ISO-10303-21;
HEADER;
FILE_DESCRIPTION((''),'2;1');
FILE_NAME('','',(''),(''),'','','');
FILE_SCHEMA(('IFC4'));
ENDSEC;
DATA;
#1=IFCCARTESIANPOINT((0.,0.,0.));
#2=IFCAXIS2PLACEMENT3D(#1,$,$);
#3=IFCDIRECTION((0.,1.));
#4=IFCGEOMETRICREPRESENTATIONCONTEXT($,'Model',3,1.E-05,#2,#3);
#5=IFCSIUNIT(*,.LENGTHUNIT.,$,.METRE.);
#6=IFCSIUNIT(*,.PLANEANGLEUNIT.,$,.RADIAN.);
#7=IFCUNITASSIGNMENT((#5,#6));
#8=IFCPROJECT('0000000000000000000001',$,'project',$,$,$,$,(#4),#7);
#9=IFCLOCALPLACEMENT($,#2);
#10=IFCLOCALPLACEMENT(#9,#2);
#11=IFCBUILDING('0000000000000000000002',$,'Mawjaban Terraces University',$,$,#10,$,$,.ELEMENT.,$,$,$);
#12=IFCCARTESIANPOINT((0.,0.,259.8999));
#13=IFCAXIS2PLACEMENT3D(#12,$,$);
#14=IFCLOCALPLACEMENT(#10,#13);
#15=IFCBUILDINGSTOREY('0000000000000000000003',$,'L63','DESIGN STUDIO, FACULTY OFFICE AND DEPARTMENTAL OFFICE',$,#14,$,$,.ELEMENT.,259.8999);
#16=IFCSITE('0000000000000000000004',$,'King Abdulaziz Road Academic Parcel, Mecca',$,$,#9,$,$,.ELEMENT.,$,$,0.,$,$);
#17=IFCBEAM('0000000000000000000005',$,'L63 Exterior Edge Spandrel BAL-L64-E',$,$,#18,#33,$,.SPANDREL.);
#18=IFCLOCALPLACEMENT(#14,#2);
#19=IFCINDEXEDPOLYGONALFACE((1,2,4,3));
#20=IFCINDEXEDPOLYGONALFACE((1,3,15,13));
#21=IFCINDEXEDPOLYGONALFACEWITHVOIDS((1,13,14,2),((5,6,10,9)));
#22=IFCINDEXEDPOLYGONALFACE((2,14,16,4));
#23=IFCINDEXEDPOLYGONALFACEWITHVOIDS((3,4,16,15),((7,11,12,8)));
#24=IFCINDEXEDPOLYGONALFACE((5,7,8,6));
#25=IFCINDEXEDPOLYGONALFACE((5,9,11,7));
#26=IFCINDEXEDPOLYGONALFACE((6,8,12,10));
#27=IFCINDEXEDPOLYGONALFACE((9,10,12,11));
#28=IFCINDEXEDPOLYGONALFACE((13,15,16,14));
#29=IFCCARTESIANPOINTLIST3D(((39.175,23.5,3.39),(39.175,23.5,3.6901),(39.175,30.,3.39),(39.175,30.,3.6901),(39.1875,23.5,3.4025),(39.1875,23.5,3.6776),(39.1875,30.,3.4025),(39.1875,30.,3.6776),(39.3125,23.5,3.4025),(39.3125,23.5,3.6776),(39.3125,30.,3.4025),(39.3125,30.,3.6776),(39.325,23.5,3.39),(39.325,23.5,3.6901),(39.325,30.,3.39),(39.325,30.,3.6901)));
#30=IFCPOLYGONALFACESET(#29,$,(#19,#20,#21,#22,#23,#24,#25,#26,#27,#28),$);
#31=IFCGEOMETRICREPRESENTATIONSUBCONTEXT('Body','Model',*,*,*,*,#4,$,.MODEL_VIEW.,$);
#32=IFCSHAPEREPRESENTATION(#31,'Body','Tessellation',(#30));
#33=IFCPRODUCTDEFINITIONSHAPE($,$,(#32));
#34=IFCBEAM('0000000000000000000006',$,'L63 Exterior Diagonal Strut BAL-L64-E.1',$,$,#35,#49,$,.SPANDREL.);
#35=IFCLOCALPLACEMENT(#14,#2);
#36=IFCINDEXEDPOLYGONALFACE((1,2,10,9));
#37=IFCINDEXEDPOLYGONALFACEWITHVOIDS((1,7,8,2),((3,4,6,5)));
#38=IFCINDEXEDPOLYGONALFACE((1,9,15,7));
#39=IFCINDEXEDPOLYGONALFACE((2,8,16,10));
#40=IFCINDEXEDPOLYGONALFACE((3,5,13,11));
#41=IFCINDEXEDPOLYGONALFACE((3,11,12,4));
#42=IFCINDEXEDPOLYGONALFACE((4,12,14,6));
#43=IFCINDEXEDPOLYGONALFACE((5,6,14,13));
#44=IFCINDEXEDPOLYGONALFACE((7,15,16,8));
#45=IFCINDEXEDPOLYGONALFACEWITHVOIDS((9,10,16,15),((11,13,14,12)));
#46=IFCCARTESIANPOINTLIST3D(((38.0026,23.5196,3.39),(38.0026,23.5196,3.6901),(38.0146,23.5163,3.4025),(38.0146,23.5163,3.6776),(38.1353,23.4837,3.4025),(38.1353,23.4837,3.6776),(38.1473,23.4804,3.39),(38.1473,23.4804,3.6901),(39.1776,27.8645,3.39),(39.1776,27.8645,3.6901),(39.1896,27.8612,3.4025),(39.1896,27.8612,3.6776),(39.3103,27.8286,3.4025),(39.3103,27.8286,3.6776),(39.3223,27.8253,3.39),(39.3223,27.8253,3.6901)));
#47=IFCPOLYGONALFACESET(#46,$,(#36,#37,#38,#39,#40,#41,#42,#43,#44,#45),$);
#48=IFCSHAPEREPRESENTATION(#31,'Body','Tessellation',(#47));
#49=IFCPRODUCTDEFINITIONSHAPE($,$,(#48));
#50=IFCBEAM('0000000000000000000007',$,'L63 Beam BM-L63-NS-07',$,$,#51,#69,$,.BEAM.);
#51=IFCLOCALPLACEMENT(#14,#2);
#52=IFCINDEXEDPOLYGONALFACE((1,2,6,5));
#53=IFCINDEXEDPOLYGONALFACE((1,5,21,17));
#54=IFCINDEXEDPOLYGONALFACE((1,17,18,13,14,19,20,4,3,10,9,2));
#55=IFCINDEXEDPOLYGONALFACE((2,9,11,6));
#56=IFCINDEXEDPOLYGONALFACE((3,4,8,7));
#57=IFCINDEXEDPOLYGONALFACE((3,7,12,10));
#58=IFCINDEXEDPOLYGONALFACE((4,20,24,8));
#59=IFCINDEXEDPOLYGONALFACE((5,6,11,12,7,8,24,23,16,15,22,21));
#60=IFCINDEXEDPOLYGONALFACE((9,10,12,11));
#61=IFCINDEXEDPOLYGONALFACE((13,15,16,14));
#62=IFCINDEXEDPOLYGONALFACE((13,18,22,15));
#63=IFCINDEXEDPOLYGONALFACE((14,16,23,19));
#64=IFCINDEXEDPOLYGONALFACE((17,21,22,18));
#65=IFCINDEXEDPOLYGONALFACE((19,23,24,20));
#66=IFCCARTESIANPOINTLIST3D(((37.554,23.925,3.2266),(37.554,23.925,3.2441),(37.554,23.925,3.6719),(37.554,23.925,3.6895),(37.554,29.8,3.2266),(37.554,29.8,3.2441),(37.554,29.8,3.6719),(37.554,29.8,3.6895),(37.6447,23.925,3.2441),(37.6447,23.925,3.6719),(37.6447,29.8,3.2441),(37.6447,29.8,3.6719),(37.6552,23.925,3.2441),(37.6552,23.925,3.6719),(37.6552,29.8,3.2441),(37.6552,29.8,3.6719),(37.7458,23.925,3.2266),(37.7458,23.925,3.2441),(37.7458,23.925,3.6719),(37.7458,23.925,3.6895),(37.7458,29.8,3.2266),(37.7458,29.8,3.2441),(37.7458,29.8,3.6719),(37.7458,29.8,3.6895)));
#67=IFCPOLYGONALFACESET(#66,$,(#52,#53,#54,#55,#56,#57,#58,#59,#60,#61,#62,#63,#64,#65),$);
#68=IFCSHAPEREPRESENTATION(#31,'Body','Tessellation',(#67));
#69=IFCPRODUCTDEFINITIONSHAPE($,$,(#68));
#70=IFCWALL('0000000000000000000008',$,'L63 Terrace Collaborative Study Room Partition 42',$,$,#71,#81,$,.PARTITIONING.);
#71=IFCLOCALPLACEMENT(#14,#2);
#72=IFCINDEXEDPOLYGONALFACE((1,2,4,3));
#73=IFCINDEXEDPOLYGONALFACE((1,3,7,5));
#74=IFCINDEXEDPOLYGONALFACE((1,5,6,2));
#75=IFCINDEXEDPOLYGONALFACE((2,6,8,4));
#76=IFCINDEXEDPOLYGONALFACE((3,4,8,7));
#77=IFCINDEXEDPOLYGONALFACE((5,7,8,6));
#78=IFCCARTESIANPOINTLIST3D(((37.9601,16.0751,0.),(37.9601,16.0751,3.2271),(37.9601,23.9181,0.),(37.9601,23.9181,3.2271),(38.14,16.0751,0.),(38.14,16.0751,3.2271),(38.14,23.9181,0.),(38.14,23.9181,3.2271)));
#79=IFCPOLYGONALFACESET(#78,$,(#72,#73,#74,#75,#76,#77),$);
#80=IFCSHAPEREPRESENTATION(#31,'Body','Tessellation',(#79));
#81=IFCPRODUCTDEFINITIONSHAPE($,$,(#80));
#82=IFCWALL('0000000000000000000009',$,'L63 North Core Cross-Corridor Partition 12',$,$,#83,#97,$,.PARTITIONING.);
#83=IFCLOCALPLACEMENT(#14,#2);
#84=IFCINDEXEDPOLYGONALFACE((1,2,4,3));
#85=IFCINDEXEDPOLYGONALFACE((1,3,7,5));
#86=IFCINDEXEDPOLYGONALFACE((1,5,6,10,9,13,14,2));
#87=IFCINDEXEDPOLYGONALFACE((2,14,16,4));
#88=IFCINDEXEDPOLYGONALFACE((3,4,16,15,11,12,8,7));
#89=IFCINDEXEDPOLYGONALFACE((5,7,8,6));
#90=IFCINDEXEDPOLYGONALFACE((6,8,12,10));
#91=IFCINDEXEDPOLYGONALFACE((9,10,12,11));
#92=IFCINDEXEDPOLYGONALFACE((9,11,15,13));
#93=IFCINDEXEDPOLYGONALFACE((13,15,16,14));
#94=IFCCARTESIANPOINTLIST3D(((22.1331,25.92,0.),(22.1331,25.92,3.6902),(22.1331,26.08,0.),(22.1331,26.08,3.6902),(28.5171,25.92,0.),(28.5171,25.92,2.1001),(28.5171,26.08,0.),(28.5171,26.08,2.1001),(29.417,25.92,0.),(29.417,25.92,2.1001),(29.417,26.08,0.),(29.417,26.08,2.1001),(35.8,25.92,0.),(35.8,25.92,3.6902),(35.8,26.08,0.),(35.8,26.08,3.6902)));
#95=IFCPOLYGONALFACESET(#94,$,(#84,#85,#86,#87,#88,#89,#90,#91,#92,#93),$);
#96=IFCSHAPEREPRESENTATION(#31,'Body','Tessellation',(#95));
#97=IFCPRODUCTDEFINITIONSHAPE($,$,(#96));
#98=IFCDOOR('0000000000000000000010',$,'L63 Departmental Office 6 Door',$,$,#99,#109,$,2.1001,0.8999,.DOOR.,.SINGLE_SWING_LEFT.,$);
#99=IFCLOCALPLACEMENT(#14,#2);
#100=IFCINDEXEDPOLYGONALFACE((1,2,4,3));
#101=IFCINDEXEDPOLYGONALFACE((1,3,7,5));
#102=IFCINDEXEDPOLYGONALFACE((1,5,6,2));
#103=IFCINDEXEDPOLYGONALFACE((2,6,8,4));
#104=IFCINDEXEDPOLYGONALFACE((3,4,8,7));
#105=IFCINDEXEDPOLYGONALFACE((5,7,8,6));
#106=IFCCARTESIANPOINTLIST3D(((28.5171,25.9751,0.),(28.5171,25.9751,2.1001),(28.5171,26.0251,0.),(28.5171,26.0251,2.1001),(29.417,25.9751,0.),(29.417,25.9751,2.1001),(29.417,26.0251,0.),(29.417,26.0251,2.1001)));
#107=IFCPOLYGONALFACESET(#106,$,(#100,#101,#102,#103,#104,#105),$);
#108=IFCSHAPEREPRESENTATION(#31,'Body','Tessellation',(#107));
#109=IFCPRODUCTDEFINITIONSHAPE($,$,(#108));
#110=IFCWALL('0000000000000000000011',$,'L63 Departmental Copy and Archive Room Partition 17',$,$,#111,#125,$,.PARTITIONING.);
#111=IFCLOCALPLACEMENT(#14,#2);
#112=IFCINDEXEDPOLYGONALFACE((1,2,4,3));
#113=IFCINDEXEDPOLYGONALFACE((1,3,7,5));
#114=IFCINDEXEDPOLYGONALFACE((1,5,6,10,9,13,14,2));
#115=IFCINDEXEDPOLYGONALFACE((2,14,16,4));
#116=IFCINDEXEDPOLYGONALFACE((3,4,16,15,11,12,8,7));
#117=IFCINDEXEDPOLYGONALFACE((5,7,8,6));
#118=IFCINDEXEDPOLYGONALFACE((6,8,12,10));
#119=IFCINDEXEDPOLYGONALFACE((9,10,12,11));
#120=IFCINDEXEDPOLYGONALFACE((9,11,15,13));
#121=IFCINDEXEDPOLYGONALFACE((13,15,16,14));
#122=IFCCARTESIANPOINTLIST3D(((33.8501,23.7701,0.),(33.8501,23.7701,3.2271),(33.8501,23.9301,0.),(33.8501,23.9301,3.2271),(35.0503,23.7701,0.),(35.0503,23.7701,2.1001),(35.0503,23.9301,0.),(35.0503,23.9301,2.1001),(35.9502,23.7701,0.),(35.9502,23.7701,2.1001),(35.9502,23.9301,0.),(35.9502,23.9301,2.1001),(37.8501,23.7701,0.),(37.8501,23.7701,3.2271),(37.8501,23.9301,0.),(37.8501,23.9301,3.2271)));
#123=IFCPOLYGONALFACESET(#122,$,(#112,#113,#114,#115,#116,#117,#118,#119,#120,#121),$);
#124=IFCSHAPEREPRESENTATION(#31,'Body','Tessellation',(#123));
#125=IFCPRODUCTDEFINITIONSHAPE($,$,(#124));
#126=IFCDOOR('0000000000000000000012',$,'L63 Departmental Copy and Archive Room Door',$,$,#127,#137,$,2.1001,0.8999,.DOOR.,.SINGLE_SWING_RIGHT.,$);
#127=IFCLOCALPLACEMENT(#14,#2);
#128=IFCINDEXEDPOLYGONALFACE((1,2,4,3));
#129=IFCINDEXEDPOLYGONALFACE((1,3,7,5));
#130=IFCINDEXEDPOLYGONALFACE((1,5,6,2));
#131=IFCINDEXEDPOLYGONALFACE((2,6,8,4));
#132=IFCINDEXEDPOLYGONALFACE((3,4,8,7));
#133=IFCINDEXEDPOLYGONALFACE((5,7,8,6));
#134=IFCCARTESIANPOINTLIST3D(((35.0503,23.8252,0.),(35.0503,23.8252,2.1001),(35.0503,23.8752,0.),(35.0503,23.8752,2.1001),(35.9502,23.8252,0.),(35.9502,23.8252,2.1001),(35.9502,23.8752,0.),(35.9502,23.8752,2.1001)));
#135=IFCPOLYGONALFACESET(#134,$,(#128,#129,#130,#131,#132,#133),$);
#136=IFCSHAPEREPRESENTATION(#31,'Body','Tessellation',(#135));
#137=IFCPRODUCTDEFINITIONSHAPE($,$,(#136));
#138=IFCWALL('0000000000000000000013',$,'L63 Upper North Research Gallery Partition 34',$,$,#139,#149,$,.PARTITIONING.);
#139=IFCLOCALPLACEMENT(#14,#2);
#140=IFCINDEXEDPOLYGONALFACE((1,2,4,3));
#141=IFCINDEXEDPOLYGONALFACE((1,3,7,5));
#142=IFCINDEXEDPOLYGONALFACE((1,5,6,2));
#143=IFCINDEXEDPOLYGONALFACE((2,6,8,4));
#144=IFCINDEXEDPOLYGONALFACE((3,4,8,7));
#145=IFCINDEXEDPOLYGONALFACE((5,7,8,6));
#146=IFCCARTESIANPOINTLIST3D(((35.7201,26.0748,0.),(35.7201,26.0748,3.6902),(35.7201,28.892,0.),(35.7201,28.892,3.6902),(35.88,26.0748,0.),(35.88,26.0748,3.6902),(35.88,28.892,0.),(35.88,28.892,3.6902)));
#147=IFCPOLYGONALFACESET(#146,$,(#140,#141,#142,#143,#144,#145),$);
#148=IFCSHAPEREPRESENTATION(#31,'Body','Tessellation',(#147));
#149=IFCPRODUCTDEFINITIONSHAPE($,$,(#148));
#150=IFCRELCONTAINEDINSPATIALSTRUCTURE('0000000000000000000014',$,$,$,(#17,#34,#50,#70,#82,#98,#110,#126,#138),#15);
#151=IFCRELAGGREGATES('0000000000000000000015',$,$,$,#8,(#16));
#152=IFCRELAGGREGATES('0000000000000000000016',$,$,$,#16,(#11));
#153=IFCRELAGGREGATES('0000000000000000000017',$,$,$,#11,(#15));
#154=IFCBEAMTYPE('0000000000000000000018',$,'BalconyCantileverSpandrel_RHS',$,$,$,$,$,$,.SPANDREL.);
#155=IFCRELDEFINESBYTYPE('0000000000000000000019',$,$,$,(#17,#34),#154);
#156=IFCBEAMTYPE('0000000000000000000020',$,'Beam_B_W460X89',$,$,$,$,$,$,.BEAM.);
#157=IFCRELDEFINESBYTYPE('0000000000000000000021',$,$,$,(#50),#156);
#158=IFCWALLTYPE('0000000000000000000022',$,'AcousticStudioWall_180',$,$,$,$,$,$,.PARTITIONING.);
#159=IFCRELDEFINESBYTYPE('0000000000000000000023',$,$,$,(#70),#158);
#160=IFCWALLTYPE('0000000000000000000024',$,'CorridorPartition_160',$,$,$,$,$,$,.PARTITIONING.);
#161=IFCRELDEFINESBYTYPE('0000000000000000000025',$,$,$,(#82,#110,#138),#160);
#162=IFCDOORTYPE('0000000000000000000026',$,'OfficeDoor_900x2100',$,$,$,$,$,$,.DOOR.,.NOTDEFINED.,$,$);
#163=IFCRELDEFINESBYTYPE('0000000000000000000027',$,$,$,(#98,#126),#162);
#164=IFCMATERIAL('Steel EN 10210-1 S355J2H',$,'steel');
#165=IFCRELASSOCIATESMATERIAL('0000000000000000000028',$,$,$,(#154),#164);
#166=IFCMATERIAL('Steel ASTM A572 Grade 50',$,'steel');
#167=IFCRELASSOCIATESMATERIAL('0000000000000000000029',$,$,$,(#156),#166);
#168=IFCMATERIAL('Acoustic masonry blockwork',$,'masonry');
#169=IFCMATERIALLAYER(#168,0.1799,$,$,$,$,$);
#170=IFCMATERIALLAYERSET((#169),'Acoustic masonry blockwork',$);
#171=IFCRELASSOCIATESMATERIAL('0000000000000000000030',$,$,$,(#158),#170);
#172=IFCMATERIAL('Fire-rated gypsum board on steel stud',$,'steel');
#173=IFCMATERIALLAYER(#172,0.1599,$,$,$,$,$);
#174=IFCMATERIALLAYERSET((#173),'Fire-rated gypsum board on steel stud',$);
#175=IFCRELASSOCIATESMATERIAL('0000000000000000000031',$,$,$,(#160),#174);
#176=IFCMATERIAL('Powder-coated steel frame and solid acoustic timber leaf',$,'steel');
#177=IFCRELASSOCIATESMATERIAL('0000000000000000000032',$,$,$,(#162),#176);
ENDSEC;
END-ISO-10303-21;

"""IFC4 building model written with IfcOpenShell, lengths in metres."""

from ifc_helpers import new_model, si_unit, direction, frame, frame_2d, origin, origin_2d, place, context, subcontext, project, spatial, rectangle, hollow_rectangle, i_section, extrude, material, layer, layer_set, material_profile, profile_set, type_object, element, fill, save


model = new_model("IFC4")

# Units and contexts
model_context = context("Model", 3, precision=1e-05, world=origin(), true_north=direction((0.0, 1.0)))
body_context = subcontext(model_context, "Body", "Model", "MODEL_VIEW")
ifc_project = project(units=[si_unit("LENGTHUNIT", "METRE"), si_unit("PLANEANGLEUNIT", "RADIAN")], contexts=[model_context])

# Site, building, storey
site_placement = place(None, origin())
site = spatial("IfcSite", under=ifc_project, at=site_placement, Name="King Abdulaziz Road Academic Parcel, Mecca", CompositionType="ELEMENT", RefElevation=0.0)
building_placement = place(site_placement, origin())
building = spatial("IfcBuilding", under=site, at=building_placement, Name="Mawjaban Terraces University", CompositionType="ELEMENT")
storey_placement = place(building_placement, frame((0.0, 0.0, 259.8999)))
storey = spatial("IfcBuildingStorey", under=building, at=storey_placement, Name="L63", Description="DESIGN STUDIO, FACULTY OFFICE AND DEPARTMENTAL OFFICE", CompositionType="ELEMENT", Elevation=259.8999)

# Beams
ifc_material_1 = material(Name="Steel EN 10210-1 S355J2H", Category="steel")
ifc_material_profile_1 = material_profile(ifc_material_1, hollow_rectangle(XDim=0.1499, YDim=0.3, WallThickness=0.0125, at=origin_2d()), Name="RHS300X150X12.5")
ifc_profile_set_1 = profile_set([ifc_material_profile_1], Name="Steel EN 10210-1 S355J2H")
beam_type_1 = type_object("IfcBeamType", Name="BalconyCantileverSpandrel_RHS", PredefinedType="SPANDREL", material=ifc_profile_set_1)
beam_1_placement = place(storey_placement, frame((39.25, 23.5, 3.54), z_axis=(0.0, 1.0, 0.0), x_axis=(-1.0, 0.0, 0.0)))
element("IfcBeam", 1, at=beam_1_placement, inside=storey, type_object=beam_type_1, Name="L63 Exterior Edge Spandrel BAL-L64-E", PredefinedType="SPANDREL", context=body_context, shape_type="SweptSolid", body=[
    extrude(hollow_rectangle(XDim=0.1499, YDim=0.3, WallThickness=0.0125, at=origin_2d()), origin(), (0.0, 0.0, 1.0), 6.5),
])
beam_2_placement = place(storey_placement, frame((38.075, 23.5, 3.54), z_axis=(0.261061, 0.965322, 0.0), x_axis=(-0.965322, 0.261061, 0.0)))
element("IfcBeam", 2, at=beam_2_placement, inside=storey, type_object=beam_type_1, Name="L63 Exterior Diagonal Strut BAL-L64-E.1", PredefinedType="SPANDREL", context=body_context, shape_type="SweptSolid", body=[
    extrude(hollow_rectangle(XDim=0.1499, YDim=0.3, WallThickness=0.0125, at=origin_2d()), origin(), (0.0, 0.0, 1.0), 4.501),
])
ifc_material_2 = material(Name="Steel ASTM A572 Grade 50", Category="steel")
ifc_material_profile_2 = material_profile(ifc_material_2, i_section(OverallWidth=0.1919, OverallDepth=0.4629, WebThickness=0.0105, FlangeThickness=0.0176, at=origin_2d()), Name="W460X89")
ifc_profile_set_2 = profile_set([ifc_material_profile_2], Name="Steel ASTM A572 Grade 50")
beam_type_2 = type_object("IfcBeamType", Name="Beam_B_W460X89", PredefinedType="BEAM", material=ifc_profile_set_2)
beam_3_placement = place(storey_placement, frame((37.6499, 23.925, 3.458), z_axis=(0.0, 1.0, 0.0), x_axis=(-1.0, 0.0, 0.0)))
element("IfcBeam", 3, at=beam_3_placement, inside=storey, type_object=beam_type_2, Name="L63 Beam BM-L63-NS-07", PredefinedType="BEAM", context=body_context, shape_type="SweptSolid", body=[
    extrude(i_section(OverallWidth=0.1919, OverallDepth=0.4629, WebThickness=0.0105, FlangeThickness=0.0176, at=origin_2d()), origin(), (0.0, 0.0, 1.0), 5.875),
])

# Wall
ifc_material_3 = material(Name="Acoustic masonry blockwork", Category="masonry")
ifc_layer_1 = layer(ifc_material_3, 0.1799)
ifc_layer_set_1 = layer_set([ifc_layer_1], Name="Acoustic masonry blockwork")
wall_type_1 = type_object("IfcWallType", Name="AcousticStudioWall_180", PredefinedType="PARTITIONING", material=ifc_layer_set_1)
wall_1_placement = place(storey_placement, frame((38.05, 23.918, 0.0), z_axis=(0.0, 0.0, 1.0), x_axis=(0.0, -1.0, 0.0)))
element("IfcWall", 4, at=wall_1_placement, inside=storey, type_object=wall_type_1, Name="L63 Terrace Collaborative Study Room Partition 42", PredefinedType="PARTITIONING", context=body_context, shape_type="SweptSolid", body=[
    extrude(rectangle(XDim=7.843, YDim=0.1799, at=frame_2d((3.9214, 0.0))), origin(), (0.0, 0.0, 1.0), 3.2271),
])

# Walls, openings, doors
ifc_material_4 = material(Name="Fire-rated gypsum board on steel stud", Category="steel")
ifc_layer_2 = layer(ifc_material_4, 0.1599)
ifc_layer_set_2 = layer_set([ifc_layer_2], Name="Fire-rated gypsum board on steel stud")
wall_type_2 = type_object("IfcWallType", Name="CorridorPartition_160", PredefinedType="PARTITIONING", material=ifc_layer_set_2)
wall_2_placement = place(storey_placement, frame((35.8, 26.0, 0.0), z_axis=(0.0, 0.0, 1.0), x_axis=(-1.0, 0.0, 0.0)))
wall_2 = element("IfcWall", 5, at=wall_2_placement, inside=storey, type_object=wall_type_2, Name="L63 North Core Cross-Corridor Partition 12", PredefinedType="PARTITIONING", context=body_context, shape_type="SweptSolid", body=[
    extrude(rectangle(XDim=13.667, YDim=0.1599, at=frame_2d((6.8335, 0.0))), origin(), (0.0, 0.0, 1.0), 3.6902),
])
opening_1_placement = place(wall_2_placement, frame((6.3831, 0.0, 0.0)))
opening_1 = element("IfcOpeningElement", 6, at=opening_1_placement, cuts=wall_2, PredefinedType="OPENING", context=body_context, shape_type="SweptSolid", body=[
    extrude(rectangle(XDim=0.8999, YDim=2.1001, at=frame_2d((0.45, 1.05))), frame((0.0, 0.0898, 0.0), z_axis=(0.0, -1.0, 0.0), x_axis=(1.0, 0.0, 0.0)), (0.0, 0.0, 1.0), 0.1799),
])
ifc_material_5 = material(Name="Powder-coated steel frame and solid acoustic timber leaf", Category="steel")
door_type_1 = type_object("IfcDoorType", Name="OfficeDoor_900x2100", OperationType="NOTDEFINED", PredefinedType="DOOR", material=ifc_material_5)
door_1_placement = place(opening_1_placement, origin())
door_1 = element("IfcDoor", 7, at=door_1_placement, inside=storey, type_object=door_type_1, Name="L63 Departmental Office 6 Door", OperationType="SINGLE_SWING_LEFT", OverallHeight=2.1001, OverallWidth=0.8999, PredefinedType="DOOR", context=body_context, shape_type="SweptSolid", body=[
    extrude(rectangle(XDim=0.8999, YDim=2.1001, at=frame_2d((0.45, 1.05))), frame((0.0, 0.0249, 0.0), z_axis=(0.0, -1.0, 0.0), x_axis=(1.0, 0.0, 0.0)), (0.0, 0.0, 1.0), 0.05),
])
fill(opening_1, door_1)
wall_3_placement = place(storey_placement, frame((37.8501, 23.8501, 0.0), z_axis=(0.0, 0.0, 1.0), x_axis=(-1.0, 0.0, 0.0)))
wall_3 = element("IfcWall", 8, at=wall_3_placement, inside=storey, type_object=wall_type_2, Name="L63 Departmental Copy and Archive Room Partition 17", PredefinedType="PARTITIONING", context=body_context, shape_type="SweptSolid", body=[
    extrude(rectangle(XDim=4.0, YDim=0.1599, at=frame_2d((2.0, 0.0))), origin(), (0.0, 0.0, 1.0), 3.2271),
])
opening_2_placement = place(wall_3_placement, frame((1.8999, 0.0, 0.0)))
opening_2 = element("IfcOpeningElement", 9, at=opening_2_placement, cuts=wall_3, PredefinedType="OPENING", context=body_context, shape_type="SweptSolid", body=[
    extrude(rectangle(XDim=0.8999, YDim=2.1001, at=frame_2d((0.45, 1.05))), frame((0.0, 0.0898, 0.0), z_axis=(0.0, -1.0, 0.0), x_axis=(1.0, 0.0, 0.0)), (0.0, 0.0, 1.0), 0.1799),
])
door_2_placement = place(opening_2_placement, origin())
door_2 = element("IfcDoor", 10, at=door_2_placement, inside=storey, type_object=door_type_1, Name="L63 Departmental Copy and Archive Room Door", OperationType="SINGLE_SWING_RIGHT", OverallHeight=2.1001, OverallWidth=0.8999, PredefinedType="DOOR", context=body_context, shape_type="SweptSolid", body=[
    extrude(rectangle(XDim=0.8999, YDim=2.1001, at=frame_2d((0.45, 1.05))), frame((0.0, 0.0249, 0.0), z_axis=(0.0, -1.0, 0.0), x_axis=(1.0, 0.0, 0.0)), (0.0, 0.0, 1.0), 0.05),
])
fill(opening_2, door_2)

# Wall
wall_4_placement = place(storey_placement, frame((35.8, 28.8921, 0.0), z_axis=(0.0, 0.0, 1.0), x_axis=(0.0, -1.0, 0.0)))
element("IfcWall", 11, at=wall_4_placement, inside=storey, type_object=wall_type_2, Name="L63 Upper North Research Gallery Partition 34", PredefinedType="PARTITIONING", context=body_context, shape_type="SweptSolid", body=[
    extrude(rectangle(XDim=2.8171, YDim=0.1599, at=frame_2d((1.4087, 0.0))), origin(), (0.0, 0.0, 1.0), 3.6902),
])

save(model, "model.ifc")
